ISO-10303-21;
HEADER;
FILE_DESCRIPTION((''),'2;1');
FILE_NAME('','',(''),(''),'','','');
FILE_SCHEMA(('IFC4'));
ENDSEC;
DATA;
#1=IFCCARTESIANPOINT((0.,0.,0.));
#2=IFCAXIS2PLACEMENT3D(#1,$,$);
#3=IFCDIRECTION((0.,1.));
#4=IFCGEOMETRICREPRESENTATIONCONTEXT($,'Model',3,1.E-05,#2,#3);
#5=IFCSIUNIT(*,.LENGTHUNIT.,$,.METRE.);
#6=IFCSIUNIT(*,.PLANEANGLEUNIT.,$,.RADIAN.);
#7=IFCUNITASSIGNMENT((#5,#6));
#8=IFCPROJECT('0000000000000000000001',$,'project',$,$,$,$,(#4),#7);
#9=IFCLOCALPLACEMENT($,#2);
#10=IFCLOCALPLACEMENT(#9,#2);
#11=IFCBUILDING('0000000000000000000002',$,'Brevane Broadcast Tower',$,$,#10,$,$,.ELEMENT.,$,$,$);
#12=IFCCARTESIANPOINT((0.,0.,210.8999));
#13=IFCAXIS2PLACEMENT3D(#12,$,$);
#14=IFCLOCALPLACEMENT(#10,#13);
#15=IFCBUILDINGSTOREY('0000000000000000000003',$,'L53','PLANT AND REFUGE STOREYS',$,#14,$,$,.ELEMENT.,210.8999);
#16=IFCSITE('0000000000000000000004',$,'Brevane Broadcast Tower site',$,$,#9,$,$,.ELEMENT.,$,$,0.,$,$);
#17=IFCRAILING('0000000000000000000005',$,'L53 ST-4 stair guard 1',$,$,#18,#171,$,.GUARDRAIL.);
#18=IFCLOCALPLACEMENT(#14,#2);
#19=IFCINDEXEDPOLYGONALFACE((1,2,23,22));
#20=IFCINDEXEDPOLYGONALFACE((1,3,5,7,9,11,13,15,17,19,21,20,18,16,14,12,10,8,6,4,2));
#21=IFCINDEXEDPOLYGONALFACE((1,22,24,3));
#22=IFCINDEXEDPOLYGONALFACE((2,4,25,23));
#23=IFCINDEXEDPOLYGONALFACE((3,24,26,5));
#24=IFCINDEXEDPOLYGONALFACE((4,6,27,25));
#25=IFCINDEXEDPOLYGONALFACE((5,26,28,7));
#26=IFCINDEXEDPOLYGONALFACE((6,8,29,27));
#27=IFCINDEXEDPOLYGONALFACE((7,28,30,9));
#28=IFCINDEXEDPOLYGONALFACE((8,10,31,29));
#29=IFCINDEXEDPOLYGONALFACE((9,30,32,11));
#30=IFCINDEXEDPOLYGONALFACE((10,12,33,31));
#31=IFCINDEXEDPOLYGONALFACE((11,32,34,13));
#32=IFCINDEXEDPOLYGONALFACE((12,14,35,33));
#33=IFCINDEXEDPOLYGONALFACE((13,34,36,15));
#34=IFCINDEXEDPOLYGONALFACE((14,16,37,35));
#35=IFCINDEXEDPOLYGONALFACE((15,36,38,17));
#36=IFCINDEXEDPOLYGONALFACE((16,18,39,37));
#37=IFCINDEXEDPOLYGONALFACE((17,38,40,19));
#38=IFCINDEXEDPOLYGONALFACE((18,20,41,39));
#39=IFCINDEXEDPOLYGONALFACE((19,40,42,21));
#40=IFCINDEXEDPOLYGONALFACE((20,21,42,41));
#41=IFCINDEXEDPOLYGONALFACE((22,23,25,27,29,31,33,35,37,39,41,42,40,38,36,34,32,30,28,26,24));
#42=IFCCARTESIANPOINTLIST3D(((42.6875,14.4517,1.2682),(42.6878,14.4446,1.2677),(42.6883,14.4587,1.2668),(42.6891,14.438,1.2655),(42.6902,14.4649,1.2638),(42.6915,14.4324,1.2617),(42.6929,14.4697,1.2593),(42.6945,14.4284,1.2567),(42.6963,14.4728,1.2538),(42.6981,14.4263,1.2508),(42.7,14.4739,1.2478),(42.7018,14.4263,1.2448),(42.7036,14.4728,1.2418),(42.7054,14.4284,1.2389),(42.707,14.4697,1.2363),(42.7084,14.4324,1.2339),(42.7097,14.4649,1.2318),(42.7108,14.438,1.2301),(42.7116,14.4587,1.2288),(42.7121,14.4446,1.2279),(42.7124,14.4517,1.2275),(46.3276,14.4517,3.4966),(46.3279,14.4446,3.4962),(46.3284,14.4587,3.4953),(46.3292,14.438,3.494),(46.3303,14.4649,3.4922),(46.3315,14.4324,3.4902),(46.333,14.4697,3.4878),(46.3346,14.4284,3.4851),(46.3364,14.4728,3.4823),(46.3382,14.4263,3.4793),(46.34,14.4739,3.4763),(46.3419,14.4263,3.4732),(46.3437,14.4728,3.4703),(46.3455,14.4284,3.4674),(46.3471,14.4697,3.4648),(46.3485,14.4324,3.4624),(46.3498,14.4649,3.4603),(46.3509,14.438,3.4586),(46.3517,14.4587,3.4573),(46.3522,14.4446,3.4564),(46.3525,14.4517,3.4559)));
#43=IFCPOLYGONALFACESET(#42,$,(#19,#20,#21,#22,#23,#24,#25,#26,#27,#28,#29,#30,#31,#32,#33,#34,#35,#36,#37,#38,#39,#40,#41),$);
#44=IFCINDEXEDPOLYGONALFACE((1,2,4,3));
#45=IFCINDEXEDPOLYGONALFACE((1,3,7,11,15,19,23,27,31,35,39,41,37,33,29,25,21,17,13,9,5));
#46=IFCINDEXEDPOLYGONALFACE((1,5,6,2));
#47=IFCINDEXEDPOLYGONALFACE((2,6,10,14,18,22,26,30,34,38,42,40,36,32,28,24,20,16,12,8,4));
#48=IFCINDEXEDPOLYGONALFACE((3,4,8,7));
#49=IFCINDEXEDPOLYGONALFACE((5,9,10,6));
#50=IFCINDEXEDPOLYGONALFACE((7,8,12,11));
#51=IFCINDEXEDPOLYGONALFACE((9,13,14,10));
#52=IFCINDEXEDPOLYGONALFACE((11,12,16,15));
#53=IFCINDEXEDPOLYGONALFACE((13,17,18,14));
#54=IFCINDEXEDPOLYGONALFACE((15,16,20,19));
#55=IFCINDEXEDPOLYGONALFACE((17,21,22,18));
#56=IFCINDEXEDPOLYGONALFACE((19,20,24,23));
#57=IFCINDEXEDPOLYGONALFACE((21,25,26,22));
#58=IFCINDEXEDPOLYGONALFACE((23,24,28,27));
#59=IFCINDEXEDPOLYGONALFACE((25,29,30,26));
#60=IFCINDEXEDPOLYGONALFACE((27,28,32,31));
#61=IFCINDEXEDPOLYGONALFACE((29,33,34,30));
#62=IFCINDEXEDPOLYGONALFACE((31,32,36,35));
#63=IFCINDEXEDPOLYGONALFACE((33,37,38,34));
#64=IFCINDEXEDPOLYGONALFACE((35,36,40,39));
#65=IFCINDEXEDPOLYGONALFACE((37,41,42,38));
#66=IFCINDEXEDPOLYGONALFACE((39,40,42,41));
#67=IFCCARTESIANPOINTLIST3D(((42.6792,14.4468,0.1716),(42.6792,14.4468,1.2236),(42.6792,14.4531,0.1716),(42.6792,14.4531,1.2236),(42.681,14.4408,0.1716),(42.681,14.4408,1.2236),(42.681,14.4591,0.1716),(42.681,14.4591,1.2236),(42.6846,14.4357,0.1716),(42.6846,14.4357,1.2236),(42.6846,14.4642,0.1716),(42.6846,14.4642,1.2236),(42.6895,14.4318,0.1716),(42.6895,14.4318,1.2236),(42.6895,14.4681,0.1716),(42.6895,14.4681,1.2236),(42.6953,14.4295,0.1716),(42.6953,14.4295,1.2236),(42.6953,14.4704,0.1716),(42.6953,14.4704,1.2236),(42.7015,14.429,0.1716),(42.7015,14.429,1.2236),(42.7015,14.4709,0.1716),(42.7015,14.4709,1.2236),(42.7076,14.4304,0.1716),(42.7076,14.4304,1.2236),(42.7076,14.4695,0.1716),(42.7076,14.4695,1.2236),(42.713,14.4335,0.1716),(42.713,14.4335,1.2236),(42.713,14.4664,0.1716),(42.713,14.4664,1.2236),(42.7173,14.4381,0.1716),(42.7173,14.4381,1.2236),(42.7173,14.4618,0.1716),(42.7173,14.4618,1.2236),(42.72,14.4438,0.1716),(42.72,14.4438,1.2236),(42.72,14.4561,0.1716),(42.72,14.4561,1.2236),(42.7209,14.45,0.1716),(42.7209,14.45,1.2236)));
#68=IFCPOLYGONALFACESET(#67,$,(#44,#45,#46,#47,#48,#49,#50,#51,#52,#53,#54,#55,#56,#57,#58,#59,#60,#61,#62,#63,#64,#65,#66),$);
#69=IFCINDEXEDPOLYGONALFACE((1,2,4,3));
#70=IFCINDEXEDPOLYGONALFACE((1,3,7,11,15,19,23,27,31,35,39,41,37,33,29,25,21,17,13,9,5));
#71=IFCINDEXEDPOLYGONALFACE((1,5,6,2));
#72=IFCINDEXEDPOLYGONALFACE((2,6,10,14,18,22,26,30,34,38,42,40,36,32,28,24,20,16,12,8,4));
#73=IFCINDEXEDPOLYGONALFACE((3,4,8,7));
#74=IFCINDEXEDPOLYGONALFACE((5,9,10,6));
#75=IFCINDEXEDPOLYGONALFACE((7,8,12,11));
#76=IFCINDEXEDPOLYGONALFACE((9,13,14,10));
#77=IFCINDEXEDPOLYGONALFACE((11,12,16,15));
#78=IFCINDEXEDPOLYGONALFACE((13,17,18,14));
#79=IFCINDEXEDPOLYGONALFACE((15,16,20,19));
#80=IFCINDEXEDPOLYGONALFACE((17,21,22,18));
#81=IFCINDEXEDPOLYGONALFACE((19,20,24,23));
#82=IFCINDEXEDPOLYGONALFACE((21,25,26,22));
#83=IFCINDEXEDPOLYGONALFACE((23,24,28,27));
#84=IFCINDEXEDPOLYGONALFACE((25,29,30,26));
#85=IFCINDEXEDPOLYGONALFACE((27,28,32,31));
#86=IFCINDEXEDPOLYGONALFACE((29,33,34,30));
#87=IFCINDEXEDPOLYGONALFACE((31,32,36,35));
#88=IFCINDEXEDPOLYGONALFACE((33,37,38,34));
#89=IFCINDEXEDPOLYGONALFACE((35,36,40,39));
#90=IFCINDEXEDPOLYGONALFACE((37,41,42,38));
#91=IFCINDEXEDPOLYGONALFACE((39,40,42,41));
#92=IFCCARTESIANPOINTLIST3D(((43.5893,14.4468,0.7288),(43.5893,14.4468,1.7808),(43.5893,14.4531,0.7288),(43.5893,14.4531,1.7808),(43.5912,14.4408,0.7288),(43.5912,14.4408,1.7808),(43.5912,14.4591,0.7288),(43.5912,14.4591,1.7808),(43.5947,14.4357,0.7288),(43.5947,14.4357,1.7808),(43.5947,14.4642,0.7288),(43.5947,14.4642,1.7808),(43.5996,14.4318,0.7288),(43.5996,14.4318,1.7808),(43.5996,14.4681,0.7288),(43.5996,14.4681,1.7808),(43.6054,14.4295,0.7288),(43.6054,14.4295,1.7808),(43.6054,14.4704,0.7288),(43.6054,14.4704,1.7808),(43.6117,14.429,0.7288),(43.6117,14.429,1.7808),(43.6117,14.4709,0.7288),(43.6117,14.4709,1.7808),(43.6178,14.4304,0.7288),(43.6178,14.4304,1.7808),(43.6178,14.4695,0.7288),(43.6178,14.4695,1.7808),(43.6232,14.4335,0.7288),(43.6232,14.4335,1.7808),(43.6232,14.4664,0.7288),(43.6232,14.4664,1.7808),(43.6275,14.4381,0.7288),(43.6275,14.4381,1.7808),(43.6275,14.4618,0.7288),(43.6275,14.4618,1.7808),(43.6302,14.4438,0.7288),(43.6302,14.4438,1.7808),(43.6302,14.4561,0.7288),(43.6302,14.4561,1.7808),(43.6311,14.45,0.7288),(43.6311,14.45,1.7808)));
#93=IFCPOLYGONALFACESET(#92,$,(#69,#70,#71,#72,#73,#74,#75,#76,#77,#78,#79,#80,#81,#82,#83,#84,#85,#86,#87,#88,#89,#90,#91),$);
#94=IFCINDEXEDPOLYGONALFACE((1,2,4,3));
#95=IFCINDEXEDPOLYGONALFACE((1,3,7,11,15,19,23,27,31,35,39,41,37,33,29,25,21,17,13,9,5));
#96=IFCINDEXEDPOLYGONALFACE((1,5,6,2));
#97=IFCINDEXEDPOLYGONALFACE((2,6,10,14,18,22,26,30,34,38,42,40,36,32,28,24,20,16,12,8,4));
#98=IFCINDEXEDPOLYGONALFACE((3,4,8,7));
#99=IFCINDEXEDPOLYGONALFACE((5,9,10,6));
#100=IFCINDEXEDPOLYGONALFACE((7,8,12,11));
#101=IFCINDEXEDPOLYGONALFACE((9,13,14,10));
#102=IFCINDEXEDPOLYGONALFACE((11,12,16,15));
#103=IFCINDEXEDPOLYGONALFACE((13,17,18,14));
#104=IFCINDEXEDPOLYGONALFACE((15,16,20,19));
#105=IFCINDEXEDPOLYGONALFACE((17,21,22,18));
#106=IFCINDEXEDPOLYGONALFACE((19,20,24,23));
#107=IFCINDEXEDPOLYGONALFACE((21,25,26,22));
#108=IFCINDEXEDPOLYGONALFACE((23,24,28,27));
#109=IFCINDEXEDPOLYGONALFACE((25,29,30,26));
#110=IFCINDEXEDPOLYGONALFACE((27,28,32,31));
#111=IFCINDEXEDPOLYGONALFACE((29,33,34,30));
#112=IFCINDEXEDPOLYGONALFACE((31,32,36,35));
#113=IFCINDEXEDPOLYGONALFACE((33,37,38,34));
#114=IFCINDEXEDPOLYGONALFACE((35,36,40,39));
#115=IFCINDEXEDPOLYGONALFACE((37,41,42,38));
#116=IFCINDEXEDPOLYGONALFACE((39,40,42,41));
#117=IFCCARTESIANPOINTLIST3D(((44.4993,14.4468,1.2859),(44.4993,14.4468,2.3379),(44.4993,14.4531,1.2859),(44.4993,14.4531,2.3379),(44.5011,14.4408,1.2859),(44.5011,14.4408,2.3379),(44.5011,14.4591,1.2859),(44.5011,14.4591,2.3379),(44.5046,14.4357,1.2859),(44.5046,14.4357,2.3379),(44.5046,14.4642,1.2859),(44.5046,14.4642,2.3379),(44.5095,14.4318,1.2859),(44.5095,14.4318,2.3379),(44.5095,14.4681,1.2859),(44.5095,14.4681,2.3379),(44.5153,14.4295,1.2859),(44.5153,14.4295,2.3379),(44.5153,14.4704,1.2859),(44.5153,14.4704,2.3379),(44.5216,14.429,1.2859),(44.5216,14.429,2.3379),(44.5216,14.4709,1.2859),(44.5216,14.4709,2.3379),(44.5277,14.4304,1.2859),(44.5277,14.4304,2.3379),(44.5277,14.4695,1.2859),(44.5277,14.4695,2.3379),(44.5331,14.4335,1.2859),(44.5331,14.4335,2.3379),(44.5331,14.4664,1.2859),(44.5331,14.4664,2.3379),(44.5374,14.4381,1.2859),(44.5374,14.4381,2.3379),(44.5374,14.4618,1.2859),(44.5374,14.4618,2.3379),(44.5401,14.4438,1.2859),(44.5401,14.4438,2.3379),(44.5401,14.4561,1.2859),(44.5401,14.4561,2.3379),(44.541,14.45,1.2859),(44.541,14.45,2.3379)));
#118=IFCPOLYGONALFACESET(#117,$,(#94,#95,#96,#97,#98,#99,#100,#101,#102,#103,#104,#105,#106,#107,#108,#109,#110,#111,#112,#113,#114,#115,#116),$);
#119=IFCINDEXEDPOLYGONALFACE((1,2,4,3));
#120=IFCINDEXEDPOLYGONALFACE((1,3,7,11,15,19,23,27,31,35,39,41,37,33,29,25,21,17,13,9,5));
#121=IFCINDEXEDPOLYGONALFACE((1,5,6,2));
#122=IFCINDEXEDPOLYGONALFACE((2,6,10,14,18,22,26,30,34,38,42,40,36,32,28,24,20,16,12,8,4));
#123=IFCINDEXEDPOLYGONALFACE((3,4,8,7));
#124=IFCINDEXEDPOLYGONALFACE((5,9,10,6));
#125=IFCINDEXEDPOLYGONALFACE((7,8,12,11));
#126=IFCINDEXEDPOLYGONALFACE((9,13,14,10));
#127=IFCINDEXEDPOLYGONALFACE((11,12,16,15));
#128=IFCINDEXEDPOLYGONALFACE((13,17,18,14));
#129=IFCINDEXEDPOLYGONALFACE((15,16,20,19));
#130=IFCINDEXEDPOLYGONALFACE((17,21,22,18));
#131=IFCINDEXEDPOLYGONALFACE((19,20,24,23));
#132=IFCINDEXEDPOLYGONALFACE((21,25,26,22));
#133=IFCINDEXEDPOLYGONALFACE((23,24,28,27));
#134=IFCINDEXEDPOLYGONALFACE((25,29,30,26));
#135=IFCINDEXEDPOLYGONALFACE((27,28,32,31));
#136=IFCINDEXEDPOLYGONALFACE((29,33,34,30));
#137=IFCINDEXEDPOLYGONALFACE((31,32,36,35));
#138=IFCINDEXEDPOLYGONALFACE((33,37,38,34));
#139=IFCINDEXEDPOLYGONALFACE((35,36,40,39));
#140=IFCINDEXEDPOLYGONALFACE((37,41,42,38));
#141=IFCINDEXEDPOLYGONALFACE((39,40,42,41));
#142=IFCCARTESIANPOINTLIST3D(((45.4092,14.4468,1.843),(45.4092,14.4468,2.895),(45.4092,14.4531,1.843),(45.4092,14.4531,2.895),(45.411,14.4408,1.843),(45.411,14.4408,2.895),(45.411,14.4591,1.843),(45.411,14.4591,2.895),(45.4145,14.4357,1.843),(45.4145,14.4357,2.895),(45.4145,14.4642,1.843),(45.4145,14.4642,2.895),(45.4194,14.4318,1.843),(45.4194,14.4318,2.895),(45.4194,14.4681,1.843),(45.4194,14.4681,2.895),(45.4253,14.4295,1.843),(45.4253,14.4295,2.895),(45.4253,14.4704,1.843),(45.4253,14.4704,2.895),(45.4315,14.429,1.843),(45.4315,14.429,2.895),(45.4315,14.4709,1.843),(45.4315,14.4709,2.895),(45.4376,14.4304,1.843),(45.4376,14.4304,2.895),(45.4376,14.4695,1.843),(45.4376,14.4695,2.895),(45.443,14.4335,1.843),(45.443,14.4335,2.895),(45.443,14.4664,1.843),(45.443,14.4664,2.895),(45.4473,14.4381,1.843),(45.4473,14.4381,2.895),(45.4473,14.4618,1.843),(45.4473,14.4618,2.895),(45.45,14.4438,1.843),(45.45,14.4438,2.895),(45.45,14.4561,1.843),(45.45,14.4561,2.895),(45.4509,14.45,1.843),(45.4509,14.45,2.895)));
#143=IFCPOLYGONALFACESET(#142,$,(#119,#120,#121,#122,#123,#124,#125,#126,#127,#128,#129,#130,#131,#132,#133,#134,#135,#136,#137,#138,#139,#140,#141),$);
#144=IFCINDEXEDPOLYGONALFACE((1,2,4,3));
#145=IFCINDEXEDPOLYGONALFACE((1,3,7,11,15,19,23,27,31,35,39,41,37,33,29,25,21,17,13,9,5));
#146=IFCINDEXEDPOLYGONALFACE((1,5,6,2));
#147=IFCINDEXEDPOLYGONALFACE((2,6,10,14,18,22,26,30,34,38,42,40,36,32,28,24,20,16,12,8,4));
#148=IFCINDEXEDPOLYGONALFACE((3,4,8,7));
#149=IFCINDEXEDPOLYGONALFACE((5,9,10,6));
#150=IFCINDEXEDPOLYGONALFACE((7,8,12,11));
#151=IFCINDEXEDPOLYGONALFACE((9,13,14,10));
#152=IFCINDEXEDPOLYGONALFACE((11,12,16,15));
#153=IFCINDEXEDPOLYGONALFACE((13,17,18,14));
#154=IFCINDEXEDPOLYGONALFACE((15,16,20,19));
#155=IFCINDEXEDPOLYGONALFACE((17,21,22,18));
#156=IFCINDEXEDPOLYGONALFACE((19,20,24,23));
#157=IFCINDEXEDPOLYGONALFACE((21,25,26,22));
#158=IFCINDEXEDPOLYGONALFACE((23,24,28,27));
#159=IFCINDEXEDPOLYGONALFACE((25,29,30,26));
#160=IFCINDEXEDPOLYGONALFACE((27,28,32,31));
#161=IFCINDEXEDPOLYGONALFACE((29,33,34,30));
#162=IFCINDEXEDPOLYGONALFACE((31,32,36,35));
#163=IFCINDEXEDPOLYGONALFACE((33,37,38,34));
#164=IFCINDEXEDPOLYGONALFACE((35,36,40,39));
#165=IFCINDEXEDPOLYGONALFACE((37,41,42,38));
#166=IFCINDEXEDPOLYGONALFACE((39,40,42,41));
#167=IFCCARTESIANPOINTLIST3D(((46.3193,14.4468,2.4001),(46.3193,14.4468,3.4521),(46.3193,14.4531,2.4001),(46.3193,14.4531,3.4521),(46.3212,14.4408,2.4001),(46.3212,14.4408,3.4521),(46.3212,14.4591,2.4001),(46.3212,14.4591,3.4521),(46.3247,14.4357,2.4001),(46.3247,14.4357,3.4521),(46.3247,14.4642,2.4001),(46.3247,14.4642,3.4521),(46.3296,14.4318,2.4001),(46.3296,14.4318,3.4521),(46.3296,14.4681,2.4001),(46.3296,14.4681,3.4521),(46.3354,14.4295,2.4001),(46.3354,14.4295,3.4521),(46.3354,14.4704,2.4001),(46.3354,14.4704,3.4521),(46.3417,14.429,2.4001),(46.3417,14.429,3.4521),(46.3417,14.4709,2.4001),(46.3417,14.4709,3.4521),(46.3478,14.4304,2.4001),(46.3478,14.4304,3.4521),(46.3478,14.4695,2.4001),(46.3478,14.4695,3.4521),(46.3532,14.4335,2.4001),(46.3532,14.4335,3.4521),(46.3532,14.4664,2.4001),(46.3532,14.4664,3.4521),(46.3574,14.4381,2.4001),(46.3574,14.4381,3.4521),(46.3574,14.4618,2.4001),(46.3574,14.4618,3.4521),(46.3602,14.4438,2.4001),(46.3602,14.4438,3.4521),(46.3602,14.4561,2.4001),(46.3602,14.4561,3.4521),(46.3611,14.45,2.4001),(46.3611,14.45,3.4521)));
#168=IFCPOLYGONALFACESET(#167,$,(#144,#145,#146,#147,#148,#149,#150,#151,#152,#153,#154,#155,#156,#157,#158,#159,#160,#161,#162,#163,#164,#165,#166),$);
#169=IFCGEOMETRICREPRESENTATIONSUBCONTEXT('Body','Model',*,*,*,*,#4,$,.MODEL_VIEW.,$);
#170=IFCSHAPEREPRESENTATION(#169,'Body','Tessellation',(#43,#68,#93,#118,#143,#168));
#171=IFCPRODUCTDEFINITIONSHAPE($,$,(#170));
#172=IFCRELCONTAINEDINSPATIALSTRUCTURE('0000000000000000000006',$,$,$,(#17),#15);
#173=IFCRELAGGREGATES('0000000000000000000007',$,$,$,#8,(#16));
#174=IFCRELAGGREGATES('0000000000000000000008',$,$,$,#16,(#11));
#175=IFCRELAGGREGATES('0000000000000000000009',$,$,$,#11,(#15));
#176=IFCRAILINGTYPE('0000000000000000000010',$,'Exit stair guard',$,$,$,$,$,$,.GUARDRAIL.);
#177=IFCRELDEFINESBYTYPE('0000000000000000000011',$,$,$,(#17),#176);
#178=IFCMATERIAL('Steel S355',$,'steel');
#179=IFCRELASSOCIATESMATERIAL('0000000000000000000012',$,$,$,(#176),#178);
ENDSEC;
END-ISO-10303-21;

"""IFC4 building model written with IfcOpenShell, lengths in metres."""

from ifc_helpers import new_model, si_unit, direction, frame, origin, origin_2d, place, context, subcontext, project, spatial, circle, extrude, material, type_object, element, save


model = new_model("IFC4")

# Units and contexts
model_context = context("Model", 3, precision=1e-05, world=origin(), true_north=direction((0.0, 1.0)))
body_context = subcontext(model_context, "Body", "Model", "MODEL_VIEW")
ifc_project = project(units=[si_unit("LENGTHUNIT", "METRE"), si_unit("PLANEANGLEUNIT", "RADIAN")], contexts=[model_context])

# Site, building, storey
site_placement = place(None, origin())
site = spatial("IfcSite", under=ifc_project, at=site_placement, Name="Brevane Broadcast Tower site", CompositionType="ELEMENT", RefElevation=0.0)
building_placement = place(site_placement, origin())
building = spatial("IfcBuilding", under=site, at=building_placement, Name="Brevane Broadcast Tower", CompositionType="ELEMENT")
storey_placement = place(building_placement, frame((0.0, 0.0, 210.8999)))
storey = spatial("IfcBuildingStorey", under=building, at=storey_placement, Name="L53", Description="PLANT AND REFUGE STOREYS", CompositionType="ELEMENT", Elevation=210.8999)

# Shared definitions
ifc_material_1 = material(Name="Steel S355", Category="steel")

# Railing
railing_type_1 = type_object("IfcRailingType", Name="Exit stair guard", PredefinedType="GUARDRAIL", material=ifc_material_1)
railing_1_placement = place(storey_placement, frame((42.7, 14.45, 0.1716)))
element("IfcRailing", 1, at=railing_1_placement, inside=storey, type_object=railing_type_1, Name="L53 ST-4 stair guard 1", PredefinedType="GUARDRAIL", context=body_context, shape_type="SweptSolid", body=[
    extrude(circle(Radius=0.0239, at=origin_2d()), frame((0.0, 0.0, 1.0762), z_axis=(0.852866, 0.0, 0.52213), x_axis=(0.0, 1.0, 0.0)), (0.0, 0.0, 1.0), 4.2681),
    extrude(circle(Radius=0.021, at=origin_2d()), origin(), (0.0, 0.0, 1.0), 1.052),
    extrude(circle(Radius=0.021, at=origin_2d()), frame((0.9102, 0.0, 0.5571)), (0.0, 0.0, 1.0), 1.052),
    extrude(circle(Radius=0.021, at=origin_2d()), frame((1.8201, 0.0, 1.1143)), (0.0, 0.0, 1.0), 1.052),
    extrude(circle(Radius=0.021, at=origin_2d()), frame((2.73, 0.0, 1.6714)), (0.0, 0.0, 1.0), 1.052),
    extrude(circle(Radius=0.021, at=origin_2d()), frame((3.6401, 0.0, 2.2285)), (0.0, 0.0, 1.0), 1.052),
])

save(model, "model.ifc")
